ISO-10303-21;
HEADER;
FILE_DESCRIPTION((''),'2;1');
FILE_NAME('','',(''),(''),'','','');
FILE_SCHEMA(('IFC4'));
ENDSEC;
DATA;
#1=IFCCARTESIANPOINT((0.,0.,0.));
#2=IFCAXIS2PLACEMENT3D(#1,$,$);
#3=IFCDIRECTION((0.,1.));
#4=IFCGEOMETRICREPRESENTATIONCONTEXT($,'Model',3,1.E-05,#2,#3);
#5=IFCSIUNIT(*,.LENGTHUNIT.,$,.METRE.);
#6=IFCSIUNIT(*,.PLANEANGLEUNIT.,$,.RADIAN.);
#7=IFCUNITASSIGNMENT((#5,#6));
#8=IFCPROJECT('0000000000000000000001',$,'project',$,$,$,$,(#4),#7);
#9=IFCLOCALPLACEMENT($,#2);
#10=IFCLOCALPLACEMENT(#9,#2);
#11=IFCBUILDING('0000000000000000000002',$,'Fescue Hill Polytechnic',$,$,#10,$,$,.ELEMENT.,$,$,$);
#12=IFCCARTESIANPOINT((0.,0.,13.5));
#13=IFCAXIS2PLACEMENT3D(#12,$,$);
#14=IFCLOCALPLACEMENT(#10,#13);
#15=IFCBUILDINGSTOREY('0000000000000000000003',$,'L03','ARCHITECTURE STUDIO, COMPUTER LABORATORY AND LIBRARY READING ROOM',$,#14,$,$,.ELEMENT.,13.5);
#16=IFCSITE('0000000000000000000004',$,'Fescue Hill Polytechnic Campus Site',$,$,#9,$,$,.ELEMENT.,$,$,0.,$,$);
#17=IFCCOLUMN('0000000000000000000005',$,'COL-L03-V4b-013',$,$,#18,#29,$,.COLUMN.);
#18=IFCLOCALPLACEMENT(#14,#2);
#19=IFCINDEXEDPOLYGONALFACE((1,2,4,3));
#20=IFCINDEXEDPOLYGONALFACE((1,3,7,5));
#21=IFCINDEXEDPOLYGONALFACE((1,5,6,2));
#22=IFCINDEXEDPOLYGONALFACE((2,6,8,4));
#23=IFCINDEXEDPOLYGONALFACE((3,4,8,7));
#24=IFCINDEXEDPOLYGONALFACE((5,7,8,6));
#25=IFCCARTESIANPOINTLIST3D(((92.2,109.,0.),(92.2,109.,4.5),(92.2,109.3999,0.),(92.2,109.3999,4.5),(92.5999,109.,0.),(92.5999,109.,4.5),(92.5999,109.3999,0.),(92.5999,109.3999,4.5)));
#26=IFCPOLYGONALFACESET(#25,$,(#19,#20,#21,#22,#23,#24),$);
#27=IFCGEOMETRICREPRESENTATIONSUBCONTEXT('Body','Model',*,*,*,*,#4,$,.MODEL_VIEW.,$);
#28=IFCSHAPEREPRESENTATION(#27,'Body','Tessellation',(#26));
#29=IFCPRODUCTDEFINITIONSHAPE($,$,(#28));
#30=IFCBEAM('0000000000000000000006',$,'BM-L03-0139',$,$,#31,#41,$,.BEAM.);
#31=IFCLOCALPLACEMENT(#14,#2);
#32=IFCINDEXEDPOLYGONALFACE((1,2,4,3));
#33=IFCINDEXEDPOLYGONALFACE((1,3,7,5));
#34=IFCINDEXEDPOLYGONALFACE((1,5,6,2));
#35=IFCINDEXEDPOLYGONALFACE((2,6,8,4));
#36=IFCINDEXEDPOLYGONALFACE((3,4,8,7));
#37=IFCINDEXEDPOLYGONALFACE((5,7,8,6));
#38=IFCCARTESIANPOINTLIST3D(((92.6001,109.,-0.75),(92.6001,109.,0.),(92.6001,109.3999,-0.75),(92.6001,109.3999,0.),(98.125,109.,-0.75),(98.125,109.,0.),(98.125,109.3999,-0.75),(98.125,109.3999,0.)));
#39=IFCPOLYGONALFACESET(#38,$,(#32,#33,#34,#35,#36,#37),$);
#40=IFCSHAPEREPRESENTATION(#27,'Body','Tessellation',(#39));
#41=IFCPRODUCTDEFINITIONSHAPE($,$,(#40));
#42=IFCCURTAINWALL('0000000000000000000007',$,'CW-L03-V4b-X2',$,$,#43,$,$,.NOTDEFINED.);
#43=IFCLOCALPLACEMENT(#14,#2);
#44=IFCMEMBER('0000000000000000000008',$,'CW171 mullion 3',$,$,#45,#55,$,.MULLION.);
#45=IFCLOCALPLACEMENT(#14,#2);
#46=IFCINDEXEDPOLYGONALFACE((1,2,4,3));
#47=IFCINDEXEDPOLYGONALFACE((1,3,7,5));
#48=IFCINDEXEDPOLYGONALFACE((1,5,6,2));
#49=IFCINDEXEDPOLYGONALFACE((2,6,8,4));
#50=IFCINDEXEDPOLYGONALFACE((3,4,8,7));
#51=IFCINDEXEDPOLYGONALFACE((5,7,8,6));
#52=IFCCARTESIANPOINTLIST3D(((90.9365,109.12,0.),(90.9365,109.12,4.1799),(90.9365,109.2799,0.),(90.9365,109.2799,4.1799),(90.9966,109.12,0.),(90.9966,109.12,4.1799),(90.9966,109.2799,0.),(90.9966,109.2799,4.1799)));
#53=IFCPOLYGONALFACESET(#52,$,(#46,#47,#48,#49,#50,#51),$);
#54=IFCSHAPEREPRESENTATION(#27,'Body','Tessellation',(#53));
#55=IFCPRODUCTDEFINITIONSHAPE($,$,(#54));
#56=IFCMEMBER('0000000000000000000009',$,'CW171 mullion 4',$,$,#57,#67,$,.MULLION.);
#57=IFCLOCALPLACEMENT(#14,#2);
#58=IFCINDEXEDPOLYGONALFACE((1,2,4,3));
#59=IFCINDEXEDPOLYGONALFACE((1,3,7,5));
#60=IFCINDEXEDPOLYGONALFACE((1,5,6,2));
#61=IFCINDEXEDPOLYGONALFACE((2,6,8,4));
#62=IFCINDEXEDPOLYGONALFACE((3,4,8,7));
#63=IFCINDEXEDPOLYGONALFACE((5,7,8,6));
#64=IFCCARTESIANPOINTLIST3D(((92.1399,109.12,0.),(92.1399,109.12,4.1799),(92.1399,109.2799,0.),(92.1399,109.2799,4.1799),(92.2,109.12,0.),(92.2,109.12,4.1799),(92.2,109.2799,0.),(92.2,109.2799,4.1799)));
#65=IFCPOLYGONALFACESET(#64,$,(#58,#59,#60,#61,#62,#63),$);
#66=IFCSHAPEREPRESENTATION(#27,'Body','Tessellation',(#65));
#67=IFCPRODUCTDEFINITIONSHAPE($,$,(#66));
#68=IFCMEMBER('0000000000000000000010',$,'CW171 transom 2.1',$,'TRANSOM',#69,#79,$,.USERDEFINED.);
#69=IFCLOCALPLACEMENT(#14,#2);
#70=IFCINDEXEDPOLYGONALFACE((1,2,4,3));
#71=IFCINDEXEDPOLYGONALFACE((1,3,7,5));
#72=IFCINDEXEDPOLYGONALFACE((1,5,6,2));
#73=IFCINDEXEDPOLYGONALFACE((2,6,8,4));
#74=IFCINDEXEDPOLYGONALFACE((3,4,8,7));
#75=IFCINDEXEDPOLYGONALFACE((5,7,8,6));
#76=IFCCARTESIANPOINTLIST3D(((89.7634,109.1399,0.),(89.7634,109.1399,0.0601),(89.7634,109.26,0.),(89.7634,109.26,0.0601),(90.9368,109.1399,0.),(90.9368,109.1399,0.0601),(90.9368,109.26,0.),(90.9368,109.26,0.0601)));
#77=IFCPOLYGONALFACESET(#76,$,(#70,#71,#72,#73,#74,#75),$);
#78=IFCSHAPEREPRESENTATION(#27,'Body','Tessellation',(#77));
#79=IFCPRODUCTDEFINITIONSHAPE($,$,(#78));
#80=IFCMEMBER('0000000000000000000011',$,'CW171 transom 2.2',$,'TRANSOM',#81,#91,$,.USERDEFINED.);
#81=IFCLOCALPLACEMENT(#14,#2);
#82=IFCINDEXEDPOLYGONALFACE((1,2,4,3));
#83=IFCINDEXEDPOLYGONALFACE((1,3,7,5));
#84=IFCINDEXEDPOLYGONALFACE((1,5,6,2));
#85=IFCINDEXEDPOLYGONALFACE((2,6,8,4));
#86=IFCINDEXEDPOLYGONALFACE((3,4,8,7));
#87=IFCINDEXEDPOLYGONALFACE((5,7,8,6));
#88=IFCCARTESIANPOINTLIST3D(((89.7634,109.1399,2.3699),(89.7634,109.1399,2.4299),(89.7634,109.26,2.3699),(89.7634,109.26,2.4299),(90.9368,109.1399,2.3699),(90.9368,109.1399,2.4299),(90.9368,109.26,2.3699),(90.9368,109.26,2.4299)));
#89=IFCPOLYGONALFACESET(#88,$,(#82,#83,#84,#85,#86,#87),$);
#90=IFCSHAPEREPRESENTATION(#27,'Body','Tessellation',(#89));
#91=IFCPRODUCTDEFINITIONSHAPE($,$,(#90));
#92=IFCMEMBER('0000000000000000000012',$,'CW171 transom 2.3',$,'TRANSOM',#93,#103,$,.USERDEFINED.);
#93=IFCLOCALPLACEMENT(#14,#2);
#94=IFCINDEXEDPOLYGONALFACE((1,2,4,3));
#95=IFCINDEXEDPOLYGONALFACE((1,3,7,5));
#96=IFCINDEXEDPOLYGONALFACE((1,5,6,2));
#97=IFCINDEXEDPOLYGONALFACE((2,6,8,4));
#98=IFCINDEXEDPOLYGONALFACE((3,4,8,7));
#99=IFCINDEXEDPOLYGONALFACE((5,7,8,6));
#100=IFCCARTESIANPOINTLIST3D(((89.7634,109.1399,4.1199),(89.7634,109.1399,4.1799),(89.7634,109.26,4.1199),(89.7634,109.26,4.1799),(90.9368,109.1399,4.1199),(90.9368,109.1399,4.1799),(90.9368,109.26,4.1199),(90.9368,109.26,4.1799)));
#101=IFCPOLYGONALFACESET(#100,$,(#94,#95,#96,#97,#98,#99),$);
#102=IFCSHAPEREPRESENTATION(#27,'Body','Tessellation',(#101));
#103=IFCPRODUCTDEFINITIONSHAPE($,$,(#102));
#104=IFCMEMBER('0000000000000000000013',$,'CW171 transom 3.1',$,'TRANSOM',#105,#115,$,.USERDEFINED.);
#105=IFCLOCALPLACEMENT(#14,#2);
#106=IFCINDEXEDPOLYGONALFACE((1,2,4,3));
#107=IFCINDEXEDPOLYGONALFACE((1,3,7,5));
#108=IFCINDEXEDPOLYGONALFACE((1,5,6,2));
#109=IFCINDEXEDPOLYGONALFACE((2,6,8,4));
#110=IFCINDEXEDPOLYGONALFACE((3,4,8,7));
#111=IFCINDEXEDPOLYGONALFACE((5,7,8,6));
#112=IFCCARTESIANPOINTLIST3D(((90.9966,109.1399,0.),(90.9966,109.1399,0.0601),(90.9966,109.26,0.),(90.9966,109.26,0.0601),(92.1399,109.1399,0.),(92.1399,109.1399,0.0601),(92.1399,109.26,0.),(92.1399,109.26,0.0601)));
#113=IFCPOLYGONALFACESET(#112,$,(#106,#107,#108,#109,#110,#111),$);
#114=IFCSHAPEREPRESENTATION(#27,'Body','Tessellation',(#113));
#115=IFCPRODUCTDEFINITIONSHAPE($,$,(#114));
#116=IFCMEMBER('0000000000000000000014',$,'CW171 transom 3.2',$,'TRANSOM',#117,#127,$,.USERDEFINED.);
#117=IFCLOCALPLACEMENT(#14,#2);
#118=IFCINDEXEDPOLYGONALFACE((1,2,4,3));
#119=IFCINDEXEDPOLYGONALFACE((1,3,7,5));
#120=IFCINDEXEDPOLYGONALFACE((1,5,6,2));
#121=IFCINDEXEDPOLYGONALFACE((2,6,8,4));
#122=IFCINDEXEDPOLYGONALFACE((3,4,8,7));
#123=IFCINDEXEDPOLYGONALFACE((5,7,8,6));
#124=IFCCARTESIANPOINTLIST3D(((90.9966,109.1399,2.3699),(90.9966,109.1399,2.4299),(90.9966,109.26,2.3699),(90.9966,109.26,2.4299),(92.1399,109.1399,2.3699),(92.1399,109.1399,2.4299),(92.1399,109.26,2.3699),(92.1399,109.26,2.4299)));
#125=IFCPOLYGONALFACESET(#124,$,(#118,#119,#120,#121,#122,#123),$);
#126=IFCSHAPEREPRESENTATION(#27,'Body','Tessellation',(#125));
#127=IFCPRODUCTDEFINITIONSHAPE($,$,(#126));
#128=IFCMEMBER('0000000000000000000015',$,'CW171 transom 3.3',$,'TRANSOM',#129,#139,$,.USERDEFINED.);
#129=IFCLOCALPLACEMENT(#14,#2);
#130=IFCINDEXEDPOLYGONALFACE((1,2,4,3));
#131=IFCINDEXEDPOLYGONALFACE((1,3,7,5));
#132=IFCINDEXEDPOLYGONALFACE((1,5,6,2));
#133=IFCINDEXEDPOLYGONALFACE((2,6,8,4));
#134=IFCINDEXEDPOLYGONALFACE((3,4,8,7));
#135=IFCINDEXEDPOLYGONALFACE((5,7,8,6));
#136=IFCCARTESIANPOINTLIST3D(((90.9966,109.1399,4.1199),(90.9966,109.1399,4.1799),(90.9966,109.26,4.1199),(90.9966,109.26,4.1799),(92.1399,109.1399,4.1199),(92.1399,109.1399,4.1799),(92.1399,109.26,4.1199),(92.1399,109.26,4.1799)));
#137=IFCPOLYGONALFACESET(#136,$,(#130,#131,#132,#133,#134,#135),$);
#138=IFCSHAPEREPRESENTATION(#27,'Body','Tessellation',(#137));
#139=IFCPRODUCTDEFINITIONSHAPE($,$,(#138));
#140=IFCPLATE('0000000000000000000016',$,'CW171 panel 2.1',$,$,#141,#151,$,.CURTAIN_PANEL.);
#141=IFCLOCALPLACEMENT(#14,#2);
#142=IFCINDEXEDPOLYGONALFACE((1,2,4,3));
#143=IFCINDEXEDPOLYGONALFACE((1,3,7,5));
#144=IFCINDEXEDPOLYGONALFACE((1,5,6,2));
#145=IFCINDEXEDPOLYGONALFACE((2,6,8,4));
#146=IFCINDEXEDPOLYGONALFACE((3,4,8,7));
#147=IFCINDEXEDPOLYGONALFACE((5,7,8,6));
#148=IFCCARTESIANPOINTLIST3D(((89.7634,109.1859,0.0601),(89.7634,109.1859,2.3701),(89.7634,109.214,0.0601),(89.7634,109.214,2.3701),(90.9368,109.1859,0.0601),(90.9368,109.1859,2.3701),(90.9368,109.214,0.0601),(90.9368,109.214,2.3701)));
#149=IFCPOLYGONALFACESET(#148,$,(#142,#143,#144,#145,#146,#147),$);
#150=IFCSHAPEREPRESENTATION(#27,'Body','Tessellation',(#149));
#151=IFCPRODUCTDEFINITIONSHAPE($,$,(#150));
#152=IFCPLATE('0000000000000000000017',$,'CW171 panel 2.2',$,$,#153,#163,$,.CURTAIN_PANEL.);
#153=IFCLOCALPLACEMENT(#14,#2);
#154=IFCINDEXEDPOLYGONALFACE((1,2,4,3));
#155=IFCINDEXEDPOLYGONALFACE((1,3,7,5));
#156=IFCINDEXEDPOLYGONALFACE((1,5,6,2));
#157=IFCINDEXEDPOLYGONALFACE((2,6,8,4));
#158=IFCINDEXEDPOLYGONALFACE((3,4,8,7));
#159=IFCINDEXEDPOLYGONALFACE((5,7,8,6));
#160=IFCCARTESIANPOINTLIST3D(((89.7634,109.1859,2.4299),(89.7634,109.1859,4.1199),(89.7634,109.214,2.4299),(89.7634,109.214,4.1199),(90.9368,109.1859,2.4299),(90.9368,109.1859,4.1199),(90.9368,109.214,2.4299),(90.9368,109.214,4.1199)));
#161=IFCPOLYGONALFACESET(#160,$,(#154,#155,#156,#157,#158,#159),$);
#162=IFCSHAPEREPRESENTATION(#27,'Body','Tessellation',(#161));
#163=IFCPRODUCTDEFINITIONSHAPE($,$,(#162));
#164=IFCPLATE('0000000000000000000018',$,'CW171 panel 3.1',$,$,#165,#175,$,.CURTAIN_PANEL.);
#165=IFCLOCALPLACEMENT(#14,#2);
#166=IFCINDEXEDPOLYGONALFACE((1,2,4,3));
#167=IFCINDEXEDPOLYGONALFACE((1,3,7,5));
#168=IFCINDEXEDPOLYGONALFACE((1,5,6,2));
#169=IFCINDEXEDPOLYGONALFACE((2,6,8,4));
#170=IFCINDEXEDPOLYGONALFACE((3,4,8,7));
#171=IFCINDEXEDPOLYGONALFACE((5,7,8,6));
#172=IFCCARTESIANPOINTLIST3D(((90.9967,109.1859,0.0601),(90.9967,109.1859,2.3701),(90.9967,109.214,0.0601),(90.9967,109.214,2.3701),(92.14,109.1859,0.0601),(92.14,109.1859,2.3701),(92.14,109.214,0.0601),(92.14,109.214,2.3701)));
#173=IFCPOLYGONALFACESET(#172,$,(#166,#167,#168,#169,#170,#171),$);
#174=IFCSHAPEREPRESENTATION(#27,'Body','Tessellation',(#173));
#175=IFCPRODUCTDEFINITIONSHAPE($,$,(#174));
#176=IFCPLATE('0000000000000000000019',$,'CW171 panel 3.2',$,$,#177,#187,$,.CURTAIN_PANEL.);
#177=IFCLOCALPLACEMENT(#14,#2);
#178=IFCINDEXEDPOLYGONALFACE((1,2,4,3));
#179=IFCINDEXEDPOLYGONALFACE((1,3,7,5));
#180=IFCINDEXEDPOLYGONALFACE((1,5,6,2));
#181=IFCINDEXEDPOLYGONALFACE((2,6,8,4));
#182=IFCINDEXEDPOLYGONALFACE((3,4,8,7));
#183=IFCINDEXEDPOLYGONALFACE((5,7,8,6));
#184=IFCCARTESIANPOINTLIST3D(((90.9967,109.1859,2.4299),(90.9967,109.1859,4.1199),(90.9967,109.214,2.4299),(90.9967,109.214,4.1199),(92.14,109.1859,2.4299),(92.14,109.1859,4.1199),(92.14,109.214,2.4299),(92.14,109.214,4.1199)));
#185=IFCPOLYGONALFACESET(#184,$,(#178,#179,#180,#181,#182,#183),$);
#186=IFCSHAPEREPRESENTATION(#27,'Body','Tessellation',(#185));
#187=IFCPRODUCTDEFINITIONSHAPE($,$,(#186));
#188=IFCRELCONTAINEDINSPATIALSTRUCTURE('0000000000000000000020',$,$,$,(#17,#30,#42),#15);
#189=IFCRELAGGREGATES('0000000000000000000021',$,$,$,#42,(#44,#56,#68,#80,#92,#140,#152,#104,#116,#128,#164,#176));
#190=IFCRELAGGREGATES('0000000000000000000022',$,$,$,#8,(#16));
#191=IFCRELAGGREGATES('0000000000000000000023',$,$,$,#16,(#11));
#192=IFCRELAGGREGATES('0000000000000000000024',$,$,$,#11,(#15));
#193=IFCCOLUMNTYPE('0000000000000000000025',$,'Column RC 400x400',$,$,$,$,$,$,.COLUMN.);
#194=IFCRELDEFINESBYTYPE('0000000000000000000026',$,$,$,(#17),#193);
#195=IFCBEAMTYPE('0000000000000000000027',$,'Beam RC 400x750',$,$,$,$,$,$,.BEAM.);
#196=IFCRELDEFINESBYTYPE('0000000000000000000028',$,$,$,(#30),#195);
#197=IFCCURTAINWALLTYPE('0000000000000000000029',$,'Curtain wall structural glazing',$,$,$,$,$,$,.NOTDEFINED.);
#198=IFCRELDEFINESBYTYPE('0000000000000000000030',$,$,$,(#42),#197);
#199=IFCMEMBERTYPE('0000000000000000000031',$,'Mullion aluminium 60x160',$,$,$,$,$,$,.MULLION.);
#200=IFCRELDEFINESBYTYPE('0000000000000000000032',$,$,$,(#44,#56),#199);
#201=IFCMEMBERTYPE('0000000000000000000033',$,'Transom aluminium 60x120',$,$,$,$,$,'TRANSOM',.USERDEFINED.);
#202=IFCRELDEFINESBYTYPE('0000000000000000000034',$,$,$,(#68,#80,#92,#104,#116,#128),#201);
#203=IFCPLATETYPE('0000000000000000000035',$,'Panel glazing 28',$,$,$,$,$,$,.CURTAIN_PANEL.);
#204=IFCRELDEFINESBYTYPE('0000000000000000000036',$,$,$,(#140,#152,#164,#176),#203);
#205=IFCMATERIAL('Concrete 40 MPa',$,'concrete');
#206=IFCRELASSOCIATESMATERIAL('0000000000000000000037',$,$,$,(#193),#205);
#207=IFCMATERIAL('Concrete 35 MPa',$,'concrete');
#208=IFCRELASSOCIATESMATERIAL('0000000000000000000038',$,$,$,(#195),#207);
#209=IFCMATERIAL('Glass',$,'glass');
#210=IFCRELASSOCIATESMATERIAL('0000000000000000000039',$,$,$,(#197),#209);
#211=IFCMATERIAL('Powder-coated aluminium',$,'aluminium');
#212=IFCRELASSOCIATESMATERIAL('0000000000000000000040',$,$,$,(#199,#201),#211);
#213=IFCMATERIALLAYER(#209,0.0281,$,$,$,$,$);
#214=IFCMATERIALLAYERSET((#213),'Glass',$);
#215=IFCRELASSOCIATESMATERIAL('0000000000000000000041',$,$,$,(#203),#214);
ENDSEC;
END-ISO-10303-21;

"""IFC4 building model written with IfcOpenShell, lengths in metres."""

from ifc_helpers import new_model, si_unit, direction, frame, origin, origin_2d, place, context, subcontext, project, spatial, rectangle, extrude, material, layer, layer_set, material_profile, profile_set, type_object, element, aggregate, save


model = new_model("IFC4")

# Units and contexts
model_context = context("Model", 3, precision=1e-05, world=origin(), true_north=direction((0.0, 1.0)))
body_context = subcontext(model_context, "Body", "Model", "MODEL_VIEW")
ifc_project = project(units=[si_unit("LENGTHUNIT", "METRE"), si_unit("PLANEANGLEUNIT", "RADIAN")], contexts=[model_context])

# Site, building, storey
site_placement = place(None, origin())
site = spatial("IfcSite", under=ifc_project, at=site_placement, Name="Fescue Hill Polytechnic Campus Site", CompositionType="ELEMENT", RefElevation=0.0)
building_placement = place(site_placement, origin())
building = spatial("IfcBuilding", under=site, at=building_placement, Name="Fescue Hill Polytechnic", CompositionType="ELEMENT")
storey_placement = place(building_placement, frame((0.0, 0.0, 13.5)))
storey = spatial("IfcBuildingStorey", under=building, at=storey_placement, Name="L03", Description="ARCHITECTURE STUDIO, COMPUTER LABORATORY AND LIBRARY READING ROOM", CompositionType="ELEMENT", Elevation=13.5)

# Column
ifc_material_1 = material(Name="Concrete 40 MPa", Category="concrete")
ifc_material_profile_1 = material_profile(ifc_material_1, rectangle(XDim=0.3999, YDim=0.3999, at=origin_2d()), Name="RC 400x400")
ifc_profile_set_1 = profile_set([ifc_material_profile_1], Name="Concrete 40 MPa")
column_type = type_object("IfcColumnType", Name="Column RC 400x400", PredefinedType="COLUMN", material=ifc_profile_set_1)
column_placement = place(storey_placement, frame((92.3999, 109.2, 0.0), z_axis=(0.0, 0.0, 1.0), x_axis=(1.0, 0.0, 0.0)))
element("IfcColumn", 1, at=column_placement, inside=storey, type_object=column_type, Name="COL-L03-V4b-013", PredefinedType="COLUMN", context=body_context, shape_type="SweptSolid", body=[
    extrude(rectangle(XDim=0.3999, YDim=0.3999, at=origin_2d()), origin(), (0.0, 0.0, 1.0), 4.5),
])

# Beam
ifc_material_2 = material(Name="Concrete 35 MPa", Category="concrete")
ifc_material_profile_2 = material_profile(ifc_material_2, rectangle(XDim=0.3999, YDim=0.75, at=origin_2d()), Name="RC 400x750")
ifc_profile_set_2 = profile_set([ifc_material_profile_2], Name="Concrete 35 MPa")
beam_type = type_object("IfcBeamType", Name="Beam RC 400x750", PredefinedType="BEAM", material=ifc_profile_set_2)
beam_placement = place(storey_placement, frame((92.6001, 109.2, -0.375), z_axis=(1.0, 0.0, 0.0), x_axis=(0.0, 1.0, 0.0)))
element("IfcBeam", 2, at=beam_placement, inside=storey, type_object=beam_type, Name="BM-L03-0139", PredefinedType="BEAM", context=body_context, shape_type="SweptSolid", body=[
    extrude(rectangle(XDim=0.3999, YDim=0.75, at=origin_2d()), origin(), (0.0, 0.0, 1.0), 5.5249),
])

# Curtain wall, members, plates
ifc_material_3 = material(Name="Glass", Category="glass")
curtain_wall_type = type_object("IfcCurtainWallType", Name="Curtain wall structural glazing", PredefinedType="NOTDEFINED", material=ifc_material_3)
curtain_wall_placement = place(storey_placement, origin())
curtain_wall = element("IfcCurtainWall", 3, at=curtain_wall_placement, inside=storey, type_object=curtain_wall_type, Name="CW-L03-V4b-X2", PredefinedType="NOTDEFINED")
ifc_material_4 = material(Name="Powder-coated aluminium", Category="aluminium")
ifc_material_profile_3 = material_profile(ifc_material_4, rectangle(XDim=0.1599, YDim=0.0601, at=origin_2d()), Name="Mullion aluminium 60x160")
ifc_profile_set_3 = profile_set([ifc_material_profile_3], Name="Powder-coated aluminium")
member_type_1 = type_object("IfcMemberType", Name="Mullion aluminium 60x160", PredefinedType="MULLION", material=ifc_profile_set_3)
member_1_placement = place(storey_placement, frame((90.9666, 109.2, 0.0), z_axis=(0.0, 0.0, 1.0), x_axis=(0.0, 1.0, 0.0)))
member_1 = element("IfcMember", 4, at=member_1_placement, type_object=member_type_1, Name="CW171 mullion 3", PredefinedType="MULLION", context=body_context, shape_type="SweptSolid", body=[
    extrude(rectangle(XDim=0.1599, YDim=0.0601, at=origin_2d()), origin(), (0.0, 0.0, 1.0), 4.1799),
])
member_2_placement = place(storey_placement, frame((92.1699, 109.2, 0.0), z_axis=(0.0, 0.0, 1.0), x_axis=(0.0, 1.0, 0.0)))
member_2 = element("IfcMember", 5, at=member_2_placement, type_object=member_type_1, Name="CW171 mullion 4", PredefinedType="MULLION", context=body_context, shape_type="SweptSolid", body=[
    extrude(rectangle(XDim=0.1599, YDim=0.0601, at=origin_2d()), origin(), (0.0, 0.0, 1.0), 4.1799),
])
ifc_material_profile_4 = material_profile(ifc_material_4, rectangle(XDim=0.1201, YDim=0.0601, at=origin_2d()), Name="Transom aluminium 60x120")
ifc_profile_set_4 = profile_set([ifc_material_profile_4], Name="Powder-coated aluminium")
member_type_2 = type_object("IfcMemberType", Name="Transom aluminium 60x120", ElementType="TRANSOM", PredefinedType="USERDEFINED", material=ifc_profile_set_4)
member_3_placement = place(storey_placement, frame((89.7634, 109.2, 0.03), z_axis=(1.0, 0.0, 0.0), x_axis=(0.0, 1.0, 0.0)))
member_3 = element("IfcMember", 6, at=member_3_placement, type_object=member_type_2, Name="CW171 transom 2.1", ObjectType="TRANSOM", PredefinedType="USERDEFINED", context=body_context, shape_type="SweptSolid", body=[
    extrude(rectangle(XDim=0.1201, YDim=0.0601, at=origin_2d()), origin(), (0.0, 0.0, 1.0), 1.1733),
])
member_4_placement = place(storey_placement, frame((89.7634, 109.2, 2.3999), z_axis=(1.0, 0.0, 0.0), x_axis=(0.0, 1.0, 0.0)))
member_4 = element("IfcMember", 7, at=member_4_placement, type_object=member_type_2, Name="CW171 transom 2.2", ObjectType="TRANSOM", PredefinedType="USERDEFINED", context=body_context, shape_type="SweptSolid", body=[
    extrude(rectangle(XDim=0.1201, YDim=0.0601, at=origin_2d()), origin(), (0.0, 0.0, 1.0), 1.1733),
])
member_5_placement = place(storey_placement, frame((89.7634, 109.2, 4.1499), z_axis=(1.0, 0.0, 0.0), x_axis=(0.0, 1.0, 0.0)))
member_5 = element("IfcMember", 8, at=member_5_placement, type_object=member_type_2, Name="CW171 transom 2.3", ObjectType="TRANSOM", PredefinedType="USERDEFINED", context=body_context, shape_type="SweptSolid", body=[
    extrude(rectangle(XDim=0.1201, YDim=0.0601, at=origin_2d()), origin(), (0.0, 0.0, 1.0), 1.1733),
])
member_6_placement = place(storey_placement, frame((90.9966, 109.2, 0.03), z_axis=(1.0, 0.0, 0.0), x_axis=(0.0, 1.0, 0.0)))
member_6 = element("IfcMember", 9, at=member_6_placement, type_object=member_type_2, Name="CW171 transom 3.1", ObjectType="TRANSOM", PredefinedType="USERDEFINED", context=body_context, shape_type="SweptSolid", body=[
    extrude(rectangle(XDim=0.1201, YDim=0.0601, at=origin_2d()), origin(), (0.0, 0.0, 1.0), 1.1433),
])
member_7_placement = place(storey_placement, frame((90.9966, 109.2, 2.3999), z_axis=(1.0, 0.0, 0.0), x_axis=(0.0, 1.0, 0.0)))
member_7 = element("IfcMember", 10, at=member_7_placement, type_object=member_type_2, Name="CW171 transom 3.2", ObjectType="TRANSOM", PredefinedType="USERDEFINED", context=body_context, shape_type="SweptSolid", body=[
    extrude(rectangle(XDim=0.1201, YDim=0.0601, at=origin_2d()), origin(), (0.0, 0.0, 1.0), 1.1433),
])
member_8_placement = place(storey_placement, frame((90.9966, 109.2, 4.1499), z_axis=(1.0, 0.0, 0.0), x_axis=(0.0, 1.0, 0.0)))
member_8 = element("IfcMember", 11, at=member_8_placement, type_object=member_type_2, Name="CW171 transom 3.3", ObjectType="TRANSOM", PredefinedType="USERDEFINED", context=body_context, shape_type="SweptSolid", body=[
    extrude(rectangle(XDim=0.1201, YDim=0.0601, at=origin_2d()), origin(), (0.0, 0.0, 1.0), 1.1433),
])
ifc_layer_1 = layer(ifc_material_3, 0.0281)
ifc_layer_set_1 = layer_set([ifc_layer_1], Name="Glass")
plate_type = type_object("IfcPlateType", Name="Panel glazing 28", PredefinedType="CURTAIN_PANEL", material=ifc_layer_set_1)
plate_1_placement = place(storey_placement, frame((90.3501, 109.2, 0.0601), z_axis=(0.0, 0.0, 1.0), x_axis=(1.0, 0.0, 0.0)))
plate_1 = element("IfcPlate", 12, at=plate_1_placement, type_object=plate_type, Name="CW171 panel 2.1", PredefinedType="CURTAIN_PANEL", context=body_context, shape_type="SweptSolid", body=[
    extrude(rectangle(XDim=1.1733, YDim=0.0281, at=origin_2d()), origin(), (0.0, 0.0, 1.0), 2.3101),
])
plate_2_placement = place(storey_placement, frame((90.3501, 109.2, 2.4299), z_axis=(0.0, 0.0, 1.0), x_axis=(1.0, 0.0, 0.0)))
plate_2 = element("IfcPlate", 13, at=plate_2_placement, type_object=plate_type, Name="CW171 panel 2.2", PredefinedType="CURTAIN_PANEL", context=body_context, shape_type="SweptSolid", body=[
    extrude(rectangle(XDim=1.1733, YDim=0.0281, at=origin_2d()), origin(), (0.0, 0.0, 1.0), 1.6899),
])
plate_3_placement = place(storey_placement, frame((91.5684, 109.2, 0.0601), z_axis=(0.0, 0.0, 1.0), x_axis=(1.0, 0.0, 0.0)))
plate_3 = element("IfcPlate", 14, at=plate_3_placement, type_object=plate_type, Name="CW171 panel 3.1", PredefinedType="CURTAIN_PANEL", context=body_context, shape_type="SweptSolid", body=[
    extrude(rectangle(XDim=1.1433, YDim=0.0281, at=origin_2d()), origin(), (0.0, 0.0, 1.0), 2.3101),
])
plate_4_placement = place(storey_placement, frame((91.5684, 109.2, 2.4299), z_axis=(0.0, 0.0, 1.0), x_axis=(1.0, 0.0, 0.0)))
plate_4 = element("IfcPlate", 15, at=plate_4_placement, type_object=plate_type, Name="CW171 panel 3.2", PredefinedType="CURTAIN_PANEL", context=body_context, shape_type="SweptSolid", body=[
    extrude(rectangle(XDim=1.1433, YDim=0.0281, at=origin_2d()), origin(), (0.0, 0.0, 1.0), 1.6899),
])
aggregate(curtain_wall, [member_1, member_2, member_3, member_4, member_5, plate_1, plate_2, member_6, member_7, member_8, plate_3, plate_4])

save(model, "model.ifc")
